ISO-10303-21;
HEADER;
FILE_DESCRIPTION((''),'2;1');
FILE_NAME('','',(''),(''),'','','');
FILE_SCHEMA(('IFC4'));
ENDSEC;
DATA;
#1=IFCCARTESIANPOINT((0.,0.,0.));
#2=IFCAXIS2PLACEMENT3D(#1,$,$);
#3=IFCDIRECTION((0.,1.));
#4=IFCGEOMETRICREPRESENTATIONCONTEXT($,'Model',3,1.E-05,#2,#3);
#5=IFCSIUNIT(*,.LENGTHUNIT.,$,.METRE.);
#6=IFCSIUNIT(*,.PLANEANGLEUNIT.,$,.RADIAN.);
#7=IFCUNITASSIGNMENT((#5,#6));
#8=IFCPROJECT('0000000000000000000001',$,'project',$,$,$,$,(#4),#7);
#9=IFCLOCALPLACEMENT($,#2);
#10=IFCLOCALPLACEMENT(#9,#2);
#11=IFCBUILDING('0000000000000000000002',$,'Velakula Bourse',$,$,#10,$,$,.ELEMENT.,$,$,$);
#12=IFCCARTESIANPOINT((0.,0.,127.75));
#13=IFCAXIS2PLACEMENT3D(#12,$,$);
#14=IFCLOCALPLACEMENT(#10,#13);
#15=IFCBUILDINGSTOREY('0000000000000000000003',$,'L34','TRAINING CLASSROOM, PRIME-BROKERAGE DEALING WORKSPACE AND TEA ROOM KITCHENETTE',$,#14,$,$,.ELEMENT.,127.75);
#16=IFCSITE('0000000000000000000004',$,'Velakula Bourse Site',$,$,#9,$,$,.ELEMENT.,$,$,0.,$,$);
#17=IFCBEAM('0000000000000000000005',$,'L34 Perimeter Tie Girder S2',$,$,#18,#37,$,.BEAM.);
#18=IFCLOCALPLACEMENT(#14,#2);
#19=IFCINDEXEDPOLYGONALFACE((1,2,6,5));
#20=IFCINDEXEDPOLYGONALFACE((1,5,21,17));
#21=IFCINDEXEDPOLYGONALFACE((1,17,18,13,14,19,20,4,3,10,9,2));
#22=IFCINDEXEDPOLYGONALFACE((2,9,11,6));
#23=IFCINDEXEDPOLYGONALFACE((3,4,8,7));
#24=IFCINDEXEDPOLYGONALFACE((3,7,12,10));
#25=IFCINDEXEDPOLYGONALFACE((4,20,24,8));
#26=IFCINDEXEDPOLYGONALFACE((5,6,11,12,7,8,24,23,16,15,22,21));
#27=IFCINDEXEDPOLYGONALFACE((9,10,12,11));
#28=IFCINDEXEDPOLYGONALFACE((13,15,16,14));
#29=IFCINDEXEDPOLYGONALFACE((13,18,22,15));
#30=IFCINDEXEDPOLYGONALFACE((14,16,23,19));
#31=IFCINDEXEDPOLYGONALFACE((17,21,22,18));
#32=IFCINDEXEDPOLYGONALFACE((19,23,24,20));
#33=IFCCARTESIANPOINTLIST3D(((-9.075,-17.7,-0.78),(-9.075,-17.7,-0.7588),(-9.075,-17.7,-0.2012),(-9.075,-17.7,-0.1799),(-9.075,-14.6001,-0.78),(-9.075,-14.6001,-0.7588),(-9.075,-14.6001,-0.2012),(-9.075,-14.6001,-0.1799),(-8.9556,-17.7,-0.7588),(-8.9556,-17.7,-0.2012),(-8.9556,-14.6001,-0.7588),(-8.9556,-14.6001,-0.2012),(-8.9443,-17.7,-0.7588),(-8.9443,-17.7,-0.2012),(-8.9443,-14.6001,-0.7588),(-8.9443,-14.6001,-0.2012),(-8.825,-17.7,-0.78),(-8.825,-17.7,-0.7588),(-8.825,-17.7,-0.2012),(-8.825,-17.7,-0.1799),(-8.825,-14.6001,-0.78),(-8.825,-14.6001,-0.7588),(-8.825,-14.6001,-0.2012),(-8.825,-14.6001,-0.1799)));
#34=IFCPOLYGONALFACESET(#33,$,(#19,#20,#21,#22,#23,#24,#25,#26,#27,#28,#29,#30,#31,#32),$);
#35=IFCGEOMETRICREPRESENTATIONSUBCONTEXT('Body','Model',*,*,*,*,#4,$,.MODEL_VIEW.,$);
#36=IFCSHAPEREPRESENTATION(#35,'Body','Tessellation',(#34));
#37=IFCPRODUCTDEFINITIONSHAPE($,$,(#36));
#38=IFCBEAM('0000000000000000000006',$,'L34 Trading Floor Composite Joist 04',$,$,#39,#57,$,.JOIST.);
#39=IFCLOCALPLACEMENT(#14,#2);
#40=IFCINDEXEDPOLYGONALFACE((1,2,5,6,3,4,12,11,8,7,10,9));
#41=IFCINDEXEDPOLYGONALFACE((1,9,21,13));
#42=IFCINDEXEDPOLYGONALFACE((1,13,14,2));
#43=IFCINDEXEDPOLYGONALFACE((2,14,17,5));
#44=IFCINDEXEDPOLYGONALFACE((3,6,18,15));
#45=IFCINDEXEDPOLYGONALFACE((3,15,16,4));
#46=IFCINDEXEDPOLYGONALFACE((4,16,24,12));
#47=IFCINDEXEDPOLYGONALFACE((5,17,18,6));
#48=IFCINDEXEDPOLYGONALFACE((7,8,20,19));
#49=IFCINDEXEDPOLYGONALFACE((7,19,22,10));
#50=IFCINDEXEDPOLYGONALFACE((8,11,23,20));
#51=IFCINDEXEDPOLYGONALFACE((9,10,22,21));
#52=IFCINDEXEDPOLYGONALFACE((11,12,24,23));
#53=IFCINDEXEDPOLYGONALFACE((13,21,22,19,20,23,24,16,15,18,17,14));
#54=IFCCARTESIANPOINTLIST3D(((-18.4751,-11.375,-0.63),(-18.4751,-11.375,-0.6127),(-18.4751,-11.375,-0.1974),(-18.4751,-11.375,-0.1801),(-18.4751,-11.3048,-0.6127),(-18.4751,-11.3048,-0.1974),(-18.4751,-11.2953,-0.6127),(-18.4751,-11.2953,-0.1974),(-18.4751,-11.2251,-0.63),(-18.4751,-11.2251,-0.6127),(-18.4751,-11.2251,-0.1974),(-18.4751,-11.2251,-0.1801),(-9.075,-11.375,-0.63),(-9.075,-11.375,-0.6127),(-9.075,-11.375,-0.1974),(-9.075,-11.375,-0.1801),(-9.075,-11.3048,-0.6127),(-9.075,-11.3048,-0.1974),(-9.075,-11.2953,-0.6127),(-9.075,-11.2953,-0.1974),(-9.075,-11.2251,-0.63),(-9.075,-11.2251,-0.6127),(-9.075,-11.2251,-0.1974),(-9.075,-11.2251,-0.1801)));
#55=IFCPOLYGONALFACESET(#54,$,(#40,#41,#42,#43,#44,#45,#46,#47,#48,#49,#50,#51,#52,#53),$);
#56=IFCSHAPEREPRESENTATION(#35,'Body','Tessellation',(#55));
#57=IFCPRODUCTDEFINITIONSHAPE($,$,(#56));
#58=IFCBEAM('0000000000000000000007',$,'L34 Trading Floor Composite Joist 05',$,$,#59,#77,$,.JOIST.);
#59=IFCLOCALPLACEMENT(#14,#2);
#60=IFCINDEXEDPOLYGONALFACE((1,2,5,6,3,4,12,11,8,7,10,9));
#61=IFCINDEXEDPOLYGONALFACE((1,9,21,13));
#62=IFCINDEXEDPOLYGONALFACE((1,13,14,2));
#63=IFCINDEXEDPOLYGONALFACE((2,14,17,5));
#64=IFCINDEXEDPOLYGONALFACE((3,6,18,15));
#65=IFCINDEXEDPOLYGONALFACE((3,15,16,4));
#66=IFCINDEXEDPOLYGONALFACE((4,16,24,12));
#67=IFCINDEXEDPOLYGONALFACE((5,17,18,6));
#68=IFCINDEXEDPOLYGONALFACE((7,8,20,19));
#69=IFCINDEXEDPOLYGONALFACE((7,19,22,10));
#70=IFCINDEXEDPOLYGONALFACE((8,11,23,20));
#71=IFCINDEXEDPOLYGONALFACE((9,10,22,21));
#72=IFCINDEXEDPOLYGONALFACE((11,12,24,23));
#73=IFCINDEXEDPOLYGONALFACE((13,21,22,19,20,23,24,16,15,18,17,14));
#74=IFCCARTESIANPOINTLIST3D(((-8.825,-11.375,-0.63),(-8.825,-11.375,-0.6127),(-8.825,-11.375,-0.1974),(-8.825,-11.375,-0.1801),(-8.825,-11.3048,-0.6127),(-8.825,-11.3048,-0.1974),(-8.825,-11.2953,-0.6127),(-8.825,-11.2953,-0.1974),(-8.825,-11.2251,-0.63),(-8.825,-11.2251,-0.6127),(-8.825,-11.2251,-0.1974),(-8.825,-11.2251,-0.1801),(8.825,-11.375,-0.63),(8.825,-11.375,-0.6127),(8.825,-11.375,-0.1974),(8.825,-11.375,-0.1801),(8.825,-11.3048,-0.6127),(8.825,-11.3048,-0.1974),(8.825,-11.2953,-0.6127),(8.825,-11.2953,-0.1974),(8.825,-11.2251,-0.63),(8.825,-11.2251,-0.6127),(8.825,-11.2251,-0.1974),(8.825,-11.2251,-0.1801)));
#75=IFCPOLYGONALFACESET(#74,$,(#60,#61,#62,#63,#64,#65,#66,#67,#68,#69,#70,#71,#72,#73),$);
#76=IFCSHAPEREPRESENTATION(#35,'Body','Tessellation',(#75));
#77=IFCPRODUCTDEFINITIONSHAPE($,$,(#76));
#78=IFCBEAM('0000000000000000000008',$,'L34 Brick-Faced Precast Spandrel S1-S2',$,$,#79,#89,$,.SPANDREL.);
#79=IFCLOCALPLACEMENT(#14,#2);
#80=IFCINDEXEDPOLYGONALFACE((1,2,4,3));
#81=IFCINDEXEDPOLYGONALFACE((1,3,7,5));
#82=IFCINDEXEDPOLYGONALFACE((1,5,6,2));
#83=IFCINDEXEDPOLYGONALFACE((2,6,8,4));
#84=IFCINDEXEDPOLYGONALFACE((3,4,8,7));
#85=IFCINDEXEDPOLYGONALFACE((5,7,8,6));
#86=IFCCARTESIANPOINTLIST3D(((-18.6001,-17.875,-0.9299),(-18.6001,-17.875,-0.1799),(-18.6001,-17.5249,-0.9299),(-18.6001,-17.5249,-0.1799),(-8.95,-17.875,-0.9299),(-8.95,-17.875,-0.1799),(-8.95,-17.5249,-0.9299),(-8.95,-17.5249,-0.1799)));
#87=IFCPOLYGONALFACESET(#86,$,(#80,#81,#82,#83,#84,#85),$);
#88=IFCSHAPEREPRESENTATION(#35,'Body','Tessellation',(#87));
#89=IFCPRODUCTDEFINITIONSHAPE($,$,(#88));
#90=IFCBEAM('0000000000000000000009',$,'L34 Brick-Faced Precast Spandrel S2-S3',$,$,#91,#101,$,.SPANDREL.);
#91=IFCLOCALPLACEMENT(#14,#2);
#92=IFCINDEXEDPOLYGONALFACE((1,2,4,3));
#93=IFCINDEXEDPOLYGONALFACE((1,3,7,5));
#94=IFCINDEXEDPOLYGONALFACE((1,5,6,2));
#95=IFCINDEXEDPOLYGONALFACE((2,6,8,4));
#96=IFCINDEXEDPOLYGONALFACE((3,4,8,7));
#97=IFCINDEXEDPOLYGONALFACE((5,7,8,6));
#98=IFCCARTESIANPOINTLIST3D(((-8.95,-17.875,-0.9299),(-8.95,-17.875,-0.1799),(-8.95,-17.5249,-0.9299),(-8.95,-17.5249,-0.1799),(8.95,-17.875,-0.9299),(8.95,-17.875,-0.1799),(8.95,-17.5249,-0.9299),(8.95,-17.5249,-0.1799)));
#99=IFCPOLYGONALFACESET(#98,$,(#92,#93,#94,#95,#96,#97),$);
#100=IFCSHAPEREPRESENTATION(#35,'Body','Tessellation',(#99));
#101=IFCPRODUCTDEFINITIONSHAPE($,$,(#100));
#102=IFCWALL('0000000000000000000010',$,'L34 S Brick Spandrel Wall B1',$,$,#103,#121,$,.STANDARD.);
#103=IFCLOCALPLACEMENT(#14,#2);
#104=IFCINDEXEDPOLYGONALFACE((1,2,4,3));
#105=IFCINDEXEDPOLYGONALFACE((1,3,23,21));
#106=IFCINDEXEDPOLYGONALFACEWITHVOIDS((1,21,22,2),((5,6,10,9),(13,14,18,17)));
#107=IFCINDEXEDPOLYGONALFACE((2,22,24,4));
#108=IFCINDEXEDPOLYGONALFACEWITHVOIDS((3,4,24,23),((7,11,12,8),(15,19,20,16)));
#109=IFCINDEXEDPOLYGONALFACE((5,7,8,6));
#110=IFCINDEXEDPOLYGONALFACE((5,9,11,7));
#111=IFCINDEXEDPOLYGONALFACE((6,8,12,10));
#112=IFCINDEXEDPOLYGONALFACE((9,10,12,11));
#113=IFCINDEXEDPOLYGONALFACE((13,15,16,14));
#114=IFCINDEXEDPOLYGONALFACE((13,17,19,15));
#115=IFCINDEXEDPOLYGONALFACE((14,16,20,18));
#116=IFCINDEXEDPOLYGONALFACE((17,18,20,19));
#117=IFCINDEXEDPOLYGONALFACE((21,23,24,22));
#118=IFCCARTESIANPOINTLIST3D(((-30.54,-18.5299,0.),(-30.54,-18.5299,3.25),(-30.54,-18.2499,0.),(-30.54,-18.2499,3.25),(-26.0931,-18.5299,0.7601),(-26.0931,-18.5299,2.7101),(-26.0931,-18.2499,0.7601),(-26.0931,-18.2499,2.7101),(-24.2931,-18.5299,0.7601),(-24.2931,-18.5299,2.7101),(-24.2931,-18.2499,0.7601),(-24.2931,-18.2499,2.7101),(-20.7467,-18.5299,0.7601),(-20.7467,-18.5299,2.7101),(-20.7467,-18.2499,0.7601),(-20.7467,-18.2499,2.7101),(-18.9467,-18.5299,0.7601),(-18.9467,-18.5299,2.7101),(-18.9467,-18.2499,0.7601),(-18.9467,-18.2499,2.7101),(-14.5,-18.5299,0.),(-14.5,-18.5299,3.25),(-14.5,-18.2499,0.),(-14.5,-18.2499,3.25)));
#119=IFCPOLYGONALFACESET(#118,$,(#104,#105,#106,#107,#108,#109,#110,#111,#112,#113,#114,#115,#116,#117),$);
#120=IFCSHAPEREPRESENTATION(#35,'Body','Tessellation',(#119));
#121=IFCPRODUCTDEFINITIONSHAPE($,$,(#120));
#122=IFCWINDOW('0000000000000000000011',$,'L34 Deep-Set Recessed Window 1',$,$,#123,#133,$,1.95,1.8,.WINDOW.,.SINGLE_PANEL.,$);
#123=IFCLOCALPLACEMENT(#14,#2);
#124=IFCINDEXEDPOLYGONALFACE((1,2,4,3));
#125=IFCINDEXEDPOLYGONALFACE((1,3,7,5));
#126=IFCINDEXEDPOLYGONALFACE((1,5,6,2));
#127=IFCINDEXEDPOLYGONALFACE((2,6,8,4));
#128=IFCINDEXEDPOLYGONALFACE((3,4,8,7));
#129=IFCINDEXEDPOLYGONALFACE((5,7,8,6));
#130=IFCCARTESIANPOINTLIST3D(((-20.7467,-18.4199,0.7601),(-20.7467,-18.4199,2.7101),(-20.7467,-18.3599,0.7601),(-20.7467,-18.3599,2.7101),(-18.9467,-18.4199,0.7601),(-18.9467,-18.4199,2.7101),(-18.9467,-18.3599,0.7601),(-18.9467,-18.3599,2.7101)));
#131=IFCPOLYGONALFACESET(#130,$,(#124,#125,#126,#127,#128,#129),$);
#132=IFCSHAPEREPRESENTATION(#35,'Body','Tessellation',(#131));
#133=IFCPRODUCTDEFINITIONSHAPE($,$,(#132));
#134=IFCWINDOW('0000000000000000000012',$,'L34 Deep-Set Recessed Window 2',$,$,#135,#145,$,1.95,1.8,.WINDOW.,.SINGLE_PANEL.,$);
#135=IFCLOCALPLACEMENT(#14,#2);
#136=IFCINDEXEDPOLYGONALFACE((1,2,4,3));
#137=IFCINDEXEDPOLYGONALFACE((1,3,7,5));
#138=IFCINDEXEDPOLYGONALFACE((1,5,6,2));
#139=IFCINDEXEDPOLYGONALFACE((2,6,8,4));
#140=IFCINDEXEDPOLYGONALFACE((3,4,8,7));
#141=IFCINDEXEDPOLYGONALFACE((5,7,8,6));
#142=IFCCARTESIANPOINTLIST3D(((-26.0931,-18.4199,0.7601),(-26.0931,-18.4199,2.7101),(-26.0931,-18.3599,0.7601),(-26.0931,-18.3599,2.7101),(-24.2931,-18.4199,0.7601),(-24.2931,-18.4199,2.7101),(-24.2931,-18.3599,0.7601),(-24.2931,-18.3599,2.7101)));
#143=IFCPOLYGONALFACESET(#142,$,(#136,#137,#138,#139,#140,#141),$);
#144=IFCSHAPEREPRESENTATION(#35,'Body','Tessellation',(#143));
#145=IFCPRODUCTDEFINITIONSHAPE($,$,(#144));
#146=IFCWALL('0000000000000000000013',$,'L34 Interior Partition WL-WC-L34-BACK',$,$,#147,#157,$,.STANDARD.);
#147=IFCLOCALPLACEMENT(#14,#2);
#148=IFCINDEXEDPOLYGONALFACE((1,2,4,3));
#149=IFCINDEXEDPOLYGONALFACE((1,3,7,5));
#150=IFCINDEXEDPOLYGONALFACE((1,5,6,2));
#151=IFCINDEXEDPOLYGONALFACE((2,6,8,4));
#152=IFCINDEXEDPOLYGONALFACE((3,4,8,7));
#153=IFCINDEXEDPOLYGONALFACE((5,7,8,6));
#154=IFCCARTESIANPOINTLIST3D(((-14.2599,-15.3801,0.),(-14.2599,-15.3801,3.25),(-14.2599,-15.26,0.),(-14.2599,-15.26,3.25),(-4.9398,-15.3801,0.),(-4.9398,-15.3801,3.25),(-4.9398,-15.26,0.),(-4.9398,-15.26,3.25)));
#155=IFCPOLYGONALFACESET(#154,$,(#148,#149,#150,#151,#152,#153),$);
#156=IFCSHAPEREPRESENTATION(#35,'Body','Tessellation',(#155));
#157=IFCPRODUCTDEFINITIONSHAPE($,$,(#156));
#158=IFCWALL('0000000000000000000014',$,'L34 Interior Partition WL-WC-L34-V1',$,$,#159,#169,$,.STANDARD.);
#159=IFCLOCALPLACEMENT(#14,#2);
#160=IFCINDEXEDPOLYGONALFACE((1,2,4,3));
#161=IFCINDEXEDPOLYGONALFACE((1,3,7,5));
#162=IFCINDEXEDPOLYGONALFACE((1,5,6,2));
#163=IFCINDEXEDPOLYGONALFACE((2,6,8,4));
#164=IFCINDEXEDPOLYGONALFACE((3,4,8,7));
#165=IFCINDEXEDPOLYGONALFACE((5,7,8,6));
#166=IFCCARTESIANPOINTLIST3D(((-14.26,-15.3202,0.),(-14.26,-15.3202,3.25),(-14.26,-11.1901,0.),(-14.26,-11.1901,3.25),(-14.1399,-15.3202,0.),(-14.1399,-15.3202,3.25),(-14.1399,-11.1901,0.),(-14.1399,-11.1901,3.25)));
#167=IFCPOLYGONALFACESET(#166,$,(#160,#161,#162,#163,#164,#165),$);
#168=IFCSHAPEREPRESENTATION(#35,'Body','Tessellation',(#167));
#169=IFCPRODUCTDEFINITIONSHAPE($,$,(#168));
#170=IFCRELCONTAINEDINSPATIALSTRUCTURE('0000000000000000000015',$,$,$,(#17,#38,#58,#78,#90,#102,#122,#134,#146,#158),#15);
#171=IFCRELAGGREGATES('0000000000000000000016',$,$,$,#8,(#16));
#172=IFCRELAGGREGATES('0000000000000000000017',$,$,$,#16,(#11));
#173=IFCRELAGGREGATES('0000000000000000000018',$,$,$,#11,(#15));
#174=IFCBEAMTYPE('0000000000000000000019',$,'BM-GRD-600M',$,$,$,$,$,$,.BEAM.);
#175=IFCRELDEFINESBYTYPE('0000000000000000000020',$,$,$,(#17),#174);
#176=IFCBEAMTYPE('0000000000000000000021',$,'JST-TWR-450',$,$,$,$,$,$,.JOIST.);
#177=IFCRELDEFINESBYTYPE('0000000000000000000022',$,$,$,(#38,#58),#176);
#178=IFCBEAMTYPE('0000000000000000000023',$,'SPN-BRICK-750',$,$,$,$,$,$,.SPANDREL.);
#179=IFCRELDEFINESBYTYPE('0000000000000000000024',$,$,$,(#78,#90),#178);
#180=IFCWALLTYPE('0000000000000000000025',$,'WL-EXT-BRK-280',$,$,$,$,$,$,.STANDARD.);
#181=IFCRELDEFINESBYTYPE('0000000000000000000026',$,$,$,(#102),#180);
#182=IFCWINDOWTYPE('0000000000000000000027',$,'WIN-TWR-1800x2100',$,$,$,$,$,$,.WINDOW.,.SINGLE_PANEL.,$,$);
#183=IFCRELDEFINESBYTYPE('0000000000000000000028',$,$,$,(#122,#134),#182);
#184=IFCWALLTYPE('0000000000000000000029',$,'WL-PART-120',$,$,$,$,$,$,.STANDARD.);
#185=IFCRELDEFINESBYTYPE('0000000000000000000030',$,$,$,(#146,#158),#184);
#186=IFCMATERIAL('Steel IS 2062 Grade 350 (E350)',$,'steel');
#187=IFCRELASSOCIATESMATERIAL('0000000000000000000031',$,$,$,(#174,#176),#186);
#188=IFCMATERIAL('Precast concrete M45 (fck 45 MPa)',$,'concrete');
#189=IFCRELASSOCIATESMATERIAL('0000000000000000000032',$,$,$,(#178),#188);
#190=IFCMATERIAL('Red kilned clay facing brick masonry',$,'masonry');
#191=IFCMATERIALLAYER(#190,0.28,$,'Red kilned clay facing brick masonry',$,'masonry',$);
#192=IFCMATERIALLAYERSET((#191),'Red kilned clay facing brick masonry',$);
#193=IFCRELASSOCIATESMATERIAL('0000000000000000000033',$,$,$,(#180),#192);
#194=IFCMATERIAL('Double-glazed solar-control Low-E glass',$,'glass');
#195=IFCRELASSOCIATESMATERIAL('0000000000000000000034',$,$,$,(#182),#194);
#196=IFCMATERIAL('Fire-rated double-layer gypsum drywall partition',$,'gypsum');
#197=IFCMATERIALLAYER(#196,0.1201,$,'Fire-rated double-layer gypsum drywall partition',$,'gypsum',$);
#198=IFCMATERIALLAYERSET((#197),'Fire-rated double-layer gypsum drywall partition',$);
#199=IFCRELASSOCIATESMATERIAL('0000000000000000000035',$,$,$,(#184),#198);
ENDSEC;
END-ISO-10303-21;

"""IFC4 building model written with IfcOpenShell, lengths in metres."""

from ifc_helpers import new_model, si_unit, direction, frame, frame_2d, origin, origin_2d, place, context, subcontext, project, spatial, rectangle, i_section, extrude, material, layer, layer_set, material_profile, profile_set, type_object, element, fill, save


model = new_model("IFC4")

# Units and contexts
model_context = context("Model", 3, precision=1e-05, world=origin(), true_north=direction((0.0, 1.0)))
body_context = subcontext(model_context, "Body", "Model", "MODEL_VIEW")
ifc_project = project(units=[si_unit("LENGTHUNIT", "METRE"), si_unit("PLANEANGLEUNIT", "RADIAN")], contexts=[model_context])

# Site, building, storey
site_placement = place(None, origin())
site = spatial("IfcSite", under=ifc_project, at=site_placement, Name="Velakula Bourse Site", CompositionType="ELEMENT", RefElevation=0.0)
building_placement = place(site_placement, origin())
building = spatial("IfcBuilding", under=site, at=building_placement, Name="Velakula Bourse", CompositionType="ELEMENT")
storey_placement = place(building_placement, frame((0.0, 0.0, 127.75)))
storey = spatial("IfcBuildingStorey", under=building, at=storey_placement, Name="L34", Description="TRAINING CLASSROOM, PRIME-BROKERAGE DEALING WORKSPACE AND TEA ROOM KITCHENETTE", CompositionType="ELEMENT", Elevation=127.75)

# Shared definitions
ifc_material_1 = material(Name="Steel IS 2062 Grade 350 (E350)", Category="steel")

# Beams
ifc_material_profile_1 = material_profile(ifc_material_1, i_section(OverallWidth=0.25, OverallDepth=0.6001, WebThickness=0.0112, FlangeThickness=0.0212, at=origin_2d()), Name="Steel IS 2062 Grade 350 (E350)")
ifc_profile_set_1 = profile_set([ifc_material_profile_1], Name="Steel IS 2062 Grade 350 (E350)")
beam_type_1 = type_object("IfcBeamType", Name="BM-GRD-600M", PredefinedType="BEAM", material=ifc_profile_set_1)
for number, where, z_axis, x_axis, name in (
    (1, (-8.95, -14.6001, -0.48), (0.0, -1.0, 0.0), (1.0, 0.0, 0.0), "L34 Perimeter Tie Girder S2"),
):
    element("IfcBeam", number, at=place(storey_placement, frame(where, z_axis=z_axis, x_axis=x_axis)), inside=storey, type_object=beam_type_1, Name=name, PredefinedType="BEAM", context=body_context, shape_type="SweptSolid", body=[
        extrude(i_section(OverallWidth=0.25, OverallDepth=0.6001, WebThickness=0.0112, FlangeThickness=0.0212, at=origin_2d()), origin(), (0.0, 0.0, 1.0), 3.0999),
    ])
ifc_material_profile_2 = material_profile(ifc_material_1, i_section(OverallWidth=0.1499, OverallDepth=0.45, WebThickness=0.0095, FlangeThickness=0.0173, at=origin_2d()), Name="Steel IS 2062 Grade 350 (E350)")
ifc_profile_set_2 = profile_set([ifc_material_profile_2], Name="Steel IS 2062 Grade 350 (E350)")
beam_type_2 = type_object("IfcBeamType", Name="JST-TWR-450", PredefinedType="JOIST", material=ifc_profile_set_2)
beam_1_placement = place(storey_placement, frame((-18.4751, -11.3, -0.405), z_axis=(1.0, 0.0, 0.0), x_axis=(0.0, 1.0, 0.0)))
element("IfcBeam", 2, at=beam_1_placement, inside=storey, type_object=beam_type_2, Name="L34 Trading Floor Composite Joist 04", PredefinedType="JOIST", context=body_context, shape_type="SweptSolid", body=[
    extrude(i_section(OverallWidth=0.1499, OverallDepth=0.45, WebThickness=0.0095, FlangeThickness=0.0173, at=origin_2d()), origin(), (0.0, 0.0, 1.0), 9.4001),
])
beam_2_placement = place(storey_placement, frame((-8.825, -11.3, -0.405), z_axis=(1.0, 0.0, 0.0), x_axis=(0.0, 1.0, 0.0)))
element("IfcBeam", 3, at=beam_2_placement, inside=storey, type_object=beam_type_2, Name="L34 Trading Floor Composite Joist 05", PredefinedType="JOIST", context=body_context, shape_type="SweptSolid", body=[
    extrude(i_section(OverallWidth=0.1499, OverallDepth=0.45, WebThickness=0.0095, FlangeThickness=0.0173, at=origin_2d()), origin(), (0.0, 0.0, 1.0), 17.6499),
])
ifc_material_2 = material(Name="Precast concrete M45 (fck 45 MPa)", Category="concrete")
ifc_material_profile_3 = material_profile(ifc_material_2, rectangle(XDim=0.3501, YDim=0.75, at=origin_2d()), Name="Precast concrete M45 (fck 45 MPa)")
ifc_profile_set_3 = profile_set([ifc_material_profile_3], Name="Precast concrete M45 (fck 45 MPa)")
beam_type_3 = type_object("IfcBeamType", Name="SPN-BRICK-750", PredefinedType="SPANDREL", material=ifc_profile_set_3)
beam_3_placement = place(storey_placement, frame((-18.6001, -17.7, -0.5549), z_axis=(1.0, 0.0, 0.0), x_axis=(0.0, 1.0, 0.0)))
element("IfcBeam", 4, at=beam_3_placement, inside=storey, type_object=beam_type_3, Name="L34 Brick-Faced Precast Spandrel S1-S2", PredefinedType="SPANDREL", context=body_context, shape_type="SweptSolid", body=[
    extrude(rectangle(XDim=0.3501, YDim=0.75, at=origin_2d()), origin(), (0.0, 0.0, 1.0), 9.6501),
])
beam_4_placement = place(storey_placement, frame((-8.95, -17.7, -0.5549), z_axis=(1.0, 0.0, 0.0), x_axis=(0.0, 1.0, 0.0)))
element("IfcBeam", 5, at=beam_4_placement, inside=storey, type_object=beam_type_3, Name="L34 Brick-Faced Precast Spandrel S2-S3", PredefinedType="SPANDREL", context=body_context, shape_type="SweptSolid", body=[
    extrude(rectangle(XDim=0.3501, YDim=0.75, at=origin_2d()), origin(), (0.0, 0.0, 1.0), 17.8999),
])

# Wall, openings, windows
ifc_material_3 = material(Name="Red kilned clay facing brick masonry", Category="masonry")
ifc_layer_1 = layer(ifc_material_3, 0.28, Name="Red kilned clay facing brick masonry", Category="masonry")
ifc_layer_set_1 = layer_set([ifc_layer_1], Name="Red kilned clay facing brick masonry")
wall_type_1 = type_object("IfcWallType", Name="WL-EXT-BRK-280", PredefinedType="STANDARD", material=ifc_layer_set_1)
wall_1_placement = place(storey_placement, frame((-14.5, -18.3899, 0.0), z_axis=(0.0, 0.0, 1.0), x_axis=(-1.0, 0.0, 0.0)))
wall_1 = element("IfcWall", 6, at=wall_1_placement, inside=storey, type_object=wall_type_1, Name="L34 S Brick Spandrel Wall B1", PredefinedType="STANDARD", context=body_context, shape_type="SweptSolid", body=[
    extrude(rectangle(XDim=16.04, YDim=0.28, at=frame_2d((8.02, 0.0))), origin(), (0.0, 0.0, 1.0), 3.25),
])
opening_1_placement = place(wall_1_placement, frame((4.4468, 0.0, 0.76)))
opening_1 = element("IfcOpeningElement", 7, at=opening_1_placement, cuts=wall_1, PredefinedType="OPENING", context=body_context, shape_type="SweptSolid", body=[
    extrude(rectangle(XDim=1.8, YDim=1.95, at=frame_2d((0.8999, 0.9751))), frame((0.0, 0.1499, 0.0), z_axis=(0.0, -1.0, 0.0), x_axis=(1.0, 0.0, 0.0)), (0.0, 0.0, 1.0), 0.3),
])
opening_2_placement = place(wall_1_placement, frame((9.7932, 0.0, 0.76)))
opening_2 = element("IfcOpeningElement", 8, at=opening_2_placement, cuts=wall_1, PredefinedType="OPENING", context=body_context, shape_type="SweptSolid", body=[
    extrude(rectangle(XDim=1.8, YDim=1.95, at=frame_2d((0.8999, 0.9751))), frame((0.0, 0.1499, 0.0), z_axis=(0.0, -1.0, 0.0), x_axis=(1.0, 0.0, 0.0)), (0.0, 0.0, 1.0), 0.3),
])
ifc_material_4 = material(Name="Double-glazed solar-control Low-E glass", Category="glass")
window_type = type_object("IfcWindowType", Name="WIN-TWR-1800x2100", PartitioningType="SINGLE_PANEL", PredefinedType="WINDOW", material=ifc_material_4)
window_1_placement = place(opening_1_placement, origin())
window_1 = element("IfcWindow", 9, at=window_1_placement, inside=storey, type_object=window_type, Name="L34 Deep-Set Recessed Window 1", OverallHeight=1.95, OverallWidth=1.8, PartitioningType="SINGLE_PANEL", PredefinedType="WINDOW", context=body_context, shape_type="SweptSolid", body=[
    extrude(rectangle(XDim=1.8, YDim=1.95, at=frame_2d((0.8999, 0.9751))), frame((0.0, 0.03, 0.0), z_axis=(0.0, -1.0, 0.0), x_axis=(1.0, 0.0, 0.0)), (0.0, 0.0, 1.0), 0.0601),
])
fill(opening_1, window_1)
window_2_placement = place(opening_2_placement, origin())
window_2 = element("IfcWindow", 10, at=window_2_placement, inside=storey, type_object=window_type, Name="L34 Deep-Set Recessed Window 2", OverallHeight=1.95, OverallWidth=1.8, PartitioningType="SINGLE_PANEL", PredefinedType="WINDOW", context=body_context, shape_type="SweptSolid", body=[
    extrude(rectangle(XDim=1.8, YDim=1.95, at=frame_2d((0.8999, 0.9751))), frame((0.0, 0.03, 0.0), z_axis=(0.0, -1.0, 0.0), x_axis=(1.0, 0.0, 0.0)), (0.0, 0.0, 1.0), 0.0601),
])
fill(opening_2, window_2)

# Walls
ifc_material_5 = material(Name="Fire-rated double-layer gypsum drywall partition", Category="gypsum")
ifc_layer_2 = layer(ifc_material_5, 0.1201, Name="Fire-rated double-layer gypsum drywall partition", Category="gypsum")
ifc_layer_set_2 = layer_set([ifc_layer_2], Name="Fire-rated double-layer gypsum drywall partition")
wall_type_2 = type_object("IfcWallType", Name="WL-PART-120", PredefinedType="STANDARD", material=ifc_layer_set_2)
wall_2_placement = place(storey_placement, frame((-14.26, -15.3201, 0.0), z_axis=(0.0, 0.0, 1.0), x_axis=(1.0, 0.0, 0.0)))
element("IfcWall", 11, at=wall_2_placement, inside=storey, type_object=wall_type_2, Name="L34 Interior Partition WL-WC-L34-BACK", PredefinedType="STANDARD", context=body_context, shape_type="SweptSolid", body=[
    extrude(rectangle(XDim=9.3201, YDim=0.1201, at=frame_2d((4.6602, 0.0))), origin(), (0.0, 0.0, 1.0), 3.25),
])
for number, where, z_axis, x_axis, name in (
    (12, (-14.2, -15.3201, 0.0), (0.0, 0.0, 1.0), (0.0, 1.0, 0.0), "L34 Interior Partition WL-WC-L34-V1"),
):
    element("IfcWall", number, at=place(storey_placement, frame(where, z_axis=z_axis, x_axis=x_axis)), inside=storey, type_object=wall_type_2, Name=name, PredefinedType="STANDARD", context=body_context, shape_type="SweptSolid", body=[
        extrude(rectangle(XDim=4.1301, YDim=0.1201, at=frame_2d((2.0649, 0.0))), origin(), (0.0, 0.0, 1.0), 3.25),
    ])

save(model, "model.ifc")
